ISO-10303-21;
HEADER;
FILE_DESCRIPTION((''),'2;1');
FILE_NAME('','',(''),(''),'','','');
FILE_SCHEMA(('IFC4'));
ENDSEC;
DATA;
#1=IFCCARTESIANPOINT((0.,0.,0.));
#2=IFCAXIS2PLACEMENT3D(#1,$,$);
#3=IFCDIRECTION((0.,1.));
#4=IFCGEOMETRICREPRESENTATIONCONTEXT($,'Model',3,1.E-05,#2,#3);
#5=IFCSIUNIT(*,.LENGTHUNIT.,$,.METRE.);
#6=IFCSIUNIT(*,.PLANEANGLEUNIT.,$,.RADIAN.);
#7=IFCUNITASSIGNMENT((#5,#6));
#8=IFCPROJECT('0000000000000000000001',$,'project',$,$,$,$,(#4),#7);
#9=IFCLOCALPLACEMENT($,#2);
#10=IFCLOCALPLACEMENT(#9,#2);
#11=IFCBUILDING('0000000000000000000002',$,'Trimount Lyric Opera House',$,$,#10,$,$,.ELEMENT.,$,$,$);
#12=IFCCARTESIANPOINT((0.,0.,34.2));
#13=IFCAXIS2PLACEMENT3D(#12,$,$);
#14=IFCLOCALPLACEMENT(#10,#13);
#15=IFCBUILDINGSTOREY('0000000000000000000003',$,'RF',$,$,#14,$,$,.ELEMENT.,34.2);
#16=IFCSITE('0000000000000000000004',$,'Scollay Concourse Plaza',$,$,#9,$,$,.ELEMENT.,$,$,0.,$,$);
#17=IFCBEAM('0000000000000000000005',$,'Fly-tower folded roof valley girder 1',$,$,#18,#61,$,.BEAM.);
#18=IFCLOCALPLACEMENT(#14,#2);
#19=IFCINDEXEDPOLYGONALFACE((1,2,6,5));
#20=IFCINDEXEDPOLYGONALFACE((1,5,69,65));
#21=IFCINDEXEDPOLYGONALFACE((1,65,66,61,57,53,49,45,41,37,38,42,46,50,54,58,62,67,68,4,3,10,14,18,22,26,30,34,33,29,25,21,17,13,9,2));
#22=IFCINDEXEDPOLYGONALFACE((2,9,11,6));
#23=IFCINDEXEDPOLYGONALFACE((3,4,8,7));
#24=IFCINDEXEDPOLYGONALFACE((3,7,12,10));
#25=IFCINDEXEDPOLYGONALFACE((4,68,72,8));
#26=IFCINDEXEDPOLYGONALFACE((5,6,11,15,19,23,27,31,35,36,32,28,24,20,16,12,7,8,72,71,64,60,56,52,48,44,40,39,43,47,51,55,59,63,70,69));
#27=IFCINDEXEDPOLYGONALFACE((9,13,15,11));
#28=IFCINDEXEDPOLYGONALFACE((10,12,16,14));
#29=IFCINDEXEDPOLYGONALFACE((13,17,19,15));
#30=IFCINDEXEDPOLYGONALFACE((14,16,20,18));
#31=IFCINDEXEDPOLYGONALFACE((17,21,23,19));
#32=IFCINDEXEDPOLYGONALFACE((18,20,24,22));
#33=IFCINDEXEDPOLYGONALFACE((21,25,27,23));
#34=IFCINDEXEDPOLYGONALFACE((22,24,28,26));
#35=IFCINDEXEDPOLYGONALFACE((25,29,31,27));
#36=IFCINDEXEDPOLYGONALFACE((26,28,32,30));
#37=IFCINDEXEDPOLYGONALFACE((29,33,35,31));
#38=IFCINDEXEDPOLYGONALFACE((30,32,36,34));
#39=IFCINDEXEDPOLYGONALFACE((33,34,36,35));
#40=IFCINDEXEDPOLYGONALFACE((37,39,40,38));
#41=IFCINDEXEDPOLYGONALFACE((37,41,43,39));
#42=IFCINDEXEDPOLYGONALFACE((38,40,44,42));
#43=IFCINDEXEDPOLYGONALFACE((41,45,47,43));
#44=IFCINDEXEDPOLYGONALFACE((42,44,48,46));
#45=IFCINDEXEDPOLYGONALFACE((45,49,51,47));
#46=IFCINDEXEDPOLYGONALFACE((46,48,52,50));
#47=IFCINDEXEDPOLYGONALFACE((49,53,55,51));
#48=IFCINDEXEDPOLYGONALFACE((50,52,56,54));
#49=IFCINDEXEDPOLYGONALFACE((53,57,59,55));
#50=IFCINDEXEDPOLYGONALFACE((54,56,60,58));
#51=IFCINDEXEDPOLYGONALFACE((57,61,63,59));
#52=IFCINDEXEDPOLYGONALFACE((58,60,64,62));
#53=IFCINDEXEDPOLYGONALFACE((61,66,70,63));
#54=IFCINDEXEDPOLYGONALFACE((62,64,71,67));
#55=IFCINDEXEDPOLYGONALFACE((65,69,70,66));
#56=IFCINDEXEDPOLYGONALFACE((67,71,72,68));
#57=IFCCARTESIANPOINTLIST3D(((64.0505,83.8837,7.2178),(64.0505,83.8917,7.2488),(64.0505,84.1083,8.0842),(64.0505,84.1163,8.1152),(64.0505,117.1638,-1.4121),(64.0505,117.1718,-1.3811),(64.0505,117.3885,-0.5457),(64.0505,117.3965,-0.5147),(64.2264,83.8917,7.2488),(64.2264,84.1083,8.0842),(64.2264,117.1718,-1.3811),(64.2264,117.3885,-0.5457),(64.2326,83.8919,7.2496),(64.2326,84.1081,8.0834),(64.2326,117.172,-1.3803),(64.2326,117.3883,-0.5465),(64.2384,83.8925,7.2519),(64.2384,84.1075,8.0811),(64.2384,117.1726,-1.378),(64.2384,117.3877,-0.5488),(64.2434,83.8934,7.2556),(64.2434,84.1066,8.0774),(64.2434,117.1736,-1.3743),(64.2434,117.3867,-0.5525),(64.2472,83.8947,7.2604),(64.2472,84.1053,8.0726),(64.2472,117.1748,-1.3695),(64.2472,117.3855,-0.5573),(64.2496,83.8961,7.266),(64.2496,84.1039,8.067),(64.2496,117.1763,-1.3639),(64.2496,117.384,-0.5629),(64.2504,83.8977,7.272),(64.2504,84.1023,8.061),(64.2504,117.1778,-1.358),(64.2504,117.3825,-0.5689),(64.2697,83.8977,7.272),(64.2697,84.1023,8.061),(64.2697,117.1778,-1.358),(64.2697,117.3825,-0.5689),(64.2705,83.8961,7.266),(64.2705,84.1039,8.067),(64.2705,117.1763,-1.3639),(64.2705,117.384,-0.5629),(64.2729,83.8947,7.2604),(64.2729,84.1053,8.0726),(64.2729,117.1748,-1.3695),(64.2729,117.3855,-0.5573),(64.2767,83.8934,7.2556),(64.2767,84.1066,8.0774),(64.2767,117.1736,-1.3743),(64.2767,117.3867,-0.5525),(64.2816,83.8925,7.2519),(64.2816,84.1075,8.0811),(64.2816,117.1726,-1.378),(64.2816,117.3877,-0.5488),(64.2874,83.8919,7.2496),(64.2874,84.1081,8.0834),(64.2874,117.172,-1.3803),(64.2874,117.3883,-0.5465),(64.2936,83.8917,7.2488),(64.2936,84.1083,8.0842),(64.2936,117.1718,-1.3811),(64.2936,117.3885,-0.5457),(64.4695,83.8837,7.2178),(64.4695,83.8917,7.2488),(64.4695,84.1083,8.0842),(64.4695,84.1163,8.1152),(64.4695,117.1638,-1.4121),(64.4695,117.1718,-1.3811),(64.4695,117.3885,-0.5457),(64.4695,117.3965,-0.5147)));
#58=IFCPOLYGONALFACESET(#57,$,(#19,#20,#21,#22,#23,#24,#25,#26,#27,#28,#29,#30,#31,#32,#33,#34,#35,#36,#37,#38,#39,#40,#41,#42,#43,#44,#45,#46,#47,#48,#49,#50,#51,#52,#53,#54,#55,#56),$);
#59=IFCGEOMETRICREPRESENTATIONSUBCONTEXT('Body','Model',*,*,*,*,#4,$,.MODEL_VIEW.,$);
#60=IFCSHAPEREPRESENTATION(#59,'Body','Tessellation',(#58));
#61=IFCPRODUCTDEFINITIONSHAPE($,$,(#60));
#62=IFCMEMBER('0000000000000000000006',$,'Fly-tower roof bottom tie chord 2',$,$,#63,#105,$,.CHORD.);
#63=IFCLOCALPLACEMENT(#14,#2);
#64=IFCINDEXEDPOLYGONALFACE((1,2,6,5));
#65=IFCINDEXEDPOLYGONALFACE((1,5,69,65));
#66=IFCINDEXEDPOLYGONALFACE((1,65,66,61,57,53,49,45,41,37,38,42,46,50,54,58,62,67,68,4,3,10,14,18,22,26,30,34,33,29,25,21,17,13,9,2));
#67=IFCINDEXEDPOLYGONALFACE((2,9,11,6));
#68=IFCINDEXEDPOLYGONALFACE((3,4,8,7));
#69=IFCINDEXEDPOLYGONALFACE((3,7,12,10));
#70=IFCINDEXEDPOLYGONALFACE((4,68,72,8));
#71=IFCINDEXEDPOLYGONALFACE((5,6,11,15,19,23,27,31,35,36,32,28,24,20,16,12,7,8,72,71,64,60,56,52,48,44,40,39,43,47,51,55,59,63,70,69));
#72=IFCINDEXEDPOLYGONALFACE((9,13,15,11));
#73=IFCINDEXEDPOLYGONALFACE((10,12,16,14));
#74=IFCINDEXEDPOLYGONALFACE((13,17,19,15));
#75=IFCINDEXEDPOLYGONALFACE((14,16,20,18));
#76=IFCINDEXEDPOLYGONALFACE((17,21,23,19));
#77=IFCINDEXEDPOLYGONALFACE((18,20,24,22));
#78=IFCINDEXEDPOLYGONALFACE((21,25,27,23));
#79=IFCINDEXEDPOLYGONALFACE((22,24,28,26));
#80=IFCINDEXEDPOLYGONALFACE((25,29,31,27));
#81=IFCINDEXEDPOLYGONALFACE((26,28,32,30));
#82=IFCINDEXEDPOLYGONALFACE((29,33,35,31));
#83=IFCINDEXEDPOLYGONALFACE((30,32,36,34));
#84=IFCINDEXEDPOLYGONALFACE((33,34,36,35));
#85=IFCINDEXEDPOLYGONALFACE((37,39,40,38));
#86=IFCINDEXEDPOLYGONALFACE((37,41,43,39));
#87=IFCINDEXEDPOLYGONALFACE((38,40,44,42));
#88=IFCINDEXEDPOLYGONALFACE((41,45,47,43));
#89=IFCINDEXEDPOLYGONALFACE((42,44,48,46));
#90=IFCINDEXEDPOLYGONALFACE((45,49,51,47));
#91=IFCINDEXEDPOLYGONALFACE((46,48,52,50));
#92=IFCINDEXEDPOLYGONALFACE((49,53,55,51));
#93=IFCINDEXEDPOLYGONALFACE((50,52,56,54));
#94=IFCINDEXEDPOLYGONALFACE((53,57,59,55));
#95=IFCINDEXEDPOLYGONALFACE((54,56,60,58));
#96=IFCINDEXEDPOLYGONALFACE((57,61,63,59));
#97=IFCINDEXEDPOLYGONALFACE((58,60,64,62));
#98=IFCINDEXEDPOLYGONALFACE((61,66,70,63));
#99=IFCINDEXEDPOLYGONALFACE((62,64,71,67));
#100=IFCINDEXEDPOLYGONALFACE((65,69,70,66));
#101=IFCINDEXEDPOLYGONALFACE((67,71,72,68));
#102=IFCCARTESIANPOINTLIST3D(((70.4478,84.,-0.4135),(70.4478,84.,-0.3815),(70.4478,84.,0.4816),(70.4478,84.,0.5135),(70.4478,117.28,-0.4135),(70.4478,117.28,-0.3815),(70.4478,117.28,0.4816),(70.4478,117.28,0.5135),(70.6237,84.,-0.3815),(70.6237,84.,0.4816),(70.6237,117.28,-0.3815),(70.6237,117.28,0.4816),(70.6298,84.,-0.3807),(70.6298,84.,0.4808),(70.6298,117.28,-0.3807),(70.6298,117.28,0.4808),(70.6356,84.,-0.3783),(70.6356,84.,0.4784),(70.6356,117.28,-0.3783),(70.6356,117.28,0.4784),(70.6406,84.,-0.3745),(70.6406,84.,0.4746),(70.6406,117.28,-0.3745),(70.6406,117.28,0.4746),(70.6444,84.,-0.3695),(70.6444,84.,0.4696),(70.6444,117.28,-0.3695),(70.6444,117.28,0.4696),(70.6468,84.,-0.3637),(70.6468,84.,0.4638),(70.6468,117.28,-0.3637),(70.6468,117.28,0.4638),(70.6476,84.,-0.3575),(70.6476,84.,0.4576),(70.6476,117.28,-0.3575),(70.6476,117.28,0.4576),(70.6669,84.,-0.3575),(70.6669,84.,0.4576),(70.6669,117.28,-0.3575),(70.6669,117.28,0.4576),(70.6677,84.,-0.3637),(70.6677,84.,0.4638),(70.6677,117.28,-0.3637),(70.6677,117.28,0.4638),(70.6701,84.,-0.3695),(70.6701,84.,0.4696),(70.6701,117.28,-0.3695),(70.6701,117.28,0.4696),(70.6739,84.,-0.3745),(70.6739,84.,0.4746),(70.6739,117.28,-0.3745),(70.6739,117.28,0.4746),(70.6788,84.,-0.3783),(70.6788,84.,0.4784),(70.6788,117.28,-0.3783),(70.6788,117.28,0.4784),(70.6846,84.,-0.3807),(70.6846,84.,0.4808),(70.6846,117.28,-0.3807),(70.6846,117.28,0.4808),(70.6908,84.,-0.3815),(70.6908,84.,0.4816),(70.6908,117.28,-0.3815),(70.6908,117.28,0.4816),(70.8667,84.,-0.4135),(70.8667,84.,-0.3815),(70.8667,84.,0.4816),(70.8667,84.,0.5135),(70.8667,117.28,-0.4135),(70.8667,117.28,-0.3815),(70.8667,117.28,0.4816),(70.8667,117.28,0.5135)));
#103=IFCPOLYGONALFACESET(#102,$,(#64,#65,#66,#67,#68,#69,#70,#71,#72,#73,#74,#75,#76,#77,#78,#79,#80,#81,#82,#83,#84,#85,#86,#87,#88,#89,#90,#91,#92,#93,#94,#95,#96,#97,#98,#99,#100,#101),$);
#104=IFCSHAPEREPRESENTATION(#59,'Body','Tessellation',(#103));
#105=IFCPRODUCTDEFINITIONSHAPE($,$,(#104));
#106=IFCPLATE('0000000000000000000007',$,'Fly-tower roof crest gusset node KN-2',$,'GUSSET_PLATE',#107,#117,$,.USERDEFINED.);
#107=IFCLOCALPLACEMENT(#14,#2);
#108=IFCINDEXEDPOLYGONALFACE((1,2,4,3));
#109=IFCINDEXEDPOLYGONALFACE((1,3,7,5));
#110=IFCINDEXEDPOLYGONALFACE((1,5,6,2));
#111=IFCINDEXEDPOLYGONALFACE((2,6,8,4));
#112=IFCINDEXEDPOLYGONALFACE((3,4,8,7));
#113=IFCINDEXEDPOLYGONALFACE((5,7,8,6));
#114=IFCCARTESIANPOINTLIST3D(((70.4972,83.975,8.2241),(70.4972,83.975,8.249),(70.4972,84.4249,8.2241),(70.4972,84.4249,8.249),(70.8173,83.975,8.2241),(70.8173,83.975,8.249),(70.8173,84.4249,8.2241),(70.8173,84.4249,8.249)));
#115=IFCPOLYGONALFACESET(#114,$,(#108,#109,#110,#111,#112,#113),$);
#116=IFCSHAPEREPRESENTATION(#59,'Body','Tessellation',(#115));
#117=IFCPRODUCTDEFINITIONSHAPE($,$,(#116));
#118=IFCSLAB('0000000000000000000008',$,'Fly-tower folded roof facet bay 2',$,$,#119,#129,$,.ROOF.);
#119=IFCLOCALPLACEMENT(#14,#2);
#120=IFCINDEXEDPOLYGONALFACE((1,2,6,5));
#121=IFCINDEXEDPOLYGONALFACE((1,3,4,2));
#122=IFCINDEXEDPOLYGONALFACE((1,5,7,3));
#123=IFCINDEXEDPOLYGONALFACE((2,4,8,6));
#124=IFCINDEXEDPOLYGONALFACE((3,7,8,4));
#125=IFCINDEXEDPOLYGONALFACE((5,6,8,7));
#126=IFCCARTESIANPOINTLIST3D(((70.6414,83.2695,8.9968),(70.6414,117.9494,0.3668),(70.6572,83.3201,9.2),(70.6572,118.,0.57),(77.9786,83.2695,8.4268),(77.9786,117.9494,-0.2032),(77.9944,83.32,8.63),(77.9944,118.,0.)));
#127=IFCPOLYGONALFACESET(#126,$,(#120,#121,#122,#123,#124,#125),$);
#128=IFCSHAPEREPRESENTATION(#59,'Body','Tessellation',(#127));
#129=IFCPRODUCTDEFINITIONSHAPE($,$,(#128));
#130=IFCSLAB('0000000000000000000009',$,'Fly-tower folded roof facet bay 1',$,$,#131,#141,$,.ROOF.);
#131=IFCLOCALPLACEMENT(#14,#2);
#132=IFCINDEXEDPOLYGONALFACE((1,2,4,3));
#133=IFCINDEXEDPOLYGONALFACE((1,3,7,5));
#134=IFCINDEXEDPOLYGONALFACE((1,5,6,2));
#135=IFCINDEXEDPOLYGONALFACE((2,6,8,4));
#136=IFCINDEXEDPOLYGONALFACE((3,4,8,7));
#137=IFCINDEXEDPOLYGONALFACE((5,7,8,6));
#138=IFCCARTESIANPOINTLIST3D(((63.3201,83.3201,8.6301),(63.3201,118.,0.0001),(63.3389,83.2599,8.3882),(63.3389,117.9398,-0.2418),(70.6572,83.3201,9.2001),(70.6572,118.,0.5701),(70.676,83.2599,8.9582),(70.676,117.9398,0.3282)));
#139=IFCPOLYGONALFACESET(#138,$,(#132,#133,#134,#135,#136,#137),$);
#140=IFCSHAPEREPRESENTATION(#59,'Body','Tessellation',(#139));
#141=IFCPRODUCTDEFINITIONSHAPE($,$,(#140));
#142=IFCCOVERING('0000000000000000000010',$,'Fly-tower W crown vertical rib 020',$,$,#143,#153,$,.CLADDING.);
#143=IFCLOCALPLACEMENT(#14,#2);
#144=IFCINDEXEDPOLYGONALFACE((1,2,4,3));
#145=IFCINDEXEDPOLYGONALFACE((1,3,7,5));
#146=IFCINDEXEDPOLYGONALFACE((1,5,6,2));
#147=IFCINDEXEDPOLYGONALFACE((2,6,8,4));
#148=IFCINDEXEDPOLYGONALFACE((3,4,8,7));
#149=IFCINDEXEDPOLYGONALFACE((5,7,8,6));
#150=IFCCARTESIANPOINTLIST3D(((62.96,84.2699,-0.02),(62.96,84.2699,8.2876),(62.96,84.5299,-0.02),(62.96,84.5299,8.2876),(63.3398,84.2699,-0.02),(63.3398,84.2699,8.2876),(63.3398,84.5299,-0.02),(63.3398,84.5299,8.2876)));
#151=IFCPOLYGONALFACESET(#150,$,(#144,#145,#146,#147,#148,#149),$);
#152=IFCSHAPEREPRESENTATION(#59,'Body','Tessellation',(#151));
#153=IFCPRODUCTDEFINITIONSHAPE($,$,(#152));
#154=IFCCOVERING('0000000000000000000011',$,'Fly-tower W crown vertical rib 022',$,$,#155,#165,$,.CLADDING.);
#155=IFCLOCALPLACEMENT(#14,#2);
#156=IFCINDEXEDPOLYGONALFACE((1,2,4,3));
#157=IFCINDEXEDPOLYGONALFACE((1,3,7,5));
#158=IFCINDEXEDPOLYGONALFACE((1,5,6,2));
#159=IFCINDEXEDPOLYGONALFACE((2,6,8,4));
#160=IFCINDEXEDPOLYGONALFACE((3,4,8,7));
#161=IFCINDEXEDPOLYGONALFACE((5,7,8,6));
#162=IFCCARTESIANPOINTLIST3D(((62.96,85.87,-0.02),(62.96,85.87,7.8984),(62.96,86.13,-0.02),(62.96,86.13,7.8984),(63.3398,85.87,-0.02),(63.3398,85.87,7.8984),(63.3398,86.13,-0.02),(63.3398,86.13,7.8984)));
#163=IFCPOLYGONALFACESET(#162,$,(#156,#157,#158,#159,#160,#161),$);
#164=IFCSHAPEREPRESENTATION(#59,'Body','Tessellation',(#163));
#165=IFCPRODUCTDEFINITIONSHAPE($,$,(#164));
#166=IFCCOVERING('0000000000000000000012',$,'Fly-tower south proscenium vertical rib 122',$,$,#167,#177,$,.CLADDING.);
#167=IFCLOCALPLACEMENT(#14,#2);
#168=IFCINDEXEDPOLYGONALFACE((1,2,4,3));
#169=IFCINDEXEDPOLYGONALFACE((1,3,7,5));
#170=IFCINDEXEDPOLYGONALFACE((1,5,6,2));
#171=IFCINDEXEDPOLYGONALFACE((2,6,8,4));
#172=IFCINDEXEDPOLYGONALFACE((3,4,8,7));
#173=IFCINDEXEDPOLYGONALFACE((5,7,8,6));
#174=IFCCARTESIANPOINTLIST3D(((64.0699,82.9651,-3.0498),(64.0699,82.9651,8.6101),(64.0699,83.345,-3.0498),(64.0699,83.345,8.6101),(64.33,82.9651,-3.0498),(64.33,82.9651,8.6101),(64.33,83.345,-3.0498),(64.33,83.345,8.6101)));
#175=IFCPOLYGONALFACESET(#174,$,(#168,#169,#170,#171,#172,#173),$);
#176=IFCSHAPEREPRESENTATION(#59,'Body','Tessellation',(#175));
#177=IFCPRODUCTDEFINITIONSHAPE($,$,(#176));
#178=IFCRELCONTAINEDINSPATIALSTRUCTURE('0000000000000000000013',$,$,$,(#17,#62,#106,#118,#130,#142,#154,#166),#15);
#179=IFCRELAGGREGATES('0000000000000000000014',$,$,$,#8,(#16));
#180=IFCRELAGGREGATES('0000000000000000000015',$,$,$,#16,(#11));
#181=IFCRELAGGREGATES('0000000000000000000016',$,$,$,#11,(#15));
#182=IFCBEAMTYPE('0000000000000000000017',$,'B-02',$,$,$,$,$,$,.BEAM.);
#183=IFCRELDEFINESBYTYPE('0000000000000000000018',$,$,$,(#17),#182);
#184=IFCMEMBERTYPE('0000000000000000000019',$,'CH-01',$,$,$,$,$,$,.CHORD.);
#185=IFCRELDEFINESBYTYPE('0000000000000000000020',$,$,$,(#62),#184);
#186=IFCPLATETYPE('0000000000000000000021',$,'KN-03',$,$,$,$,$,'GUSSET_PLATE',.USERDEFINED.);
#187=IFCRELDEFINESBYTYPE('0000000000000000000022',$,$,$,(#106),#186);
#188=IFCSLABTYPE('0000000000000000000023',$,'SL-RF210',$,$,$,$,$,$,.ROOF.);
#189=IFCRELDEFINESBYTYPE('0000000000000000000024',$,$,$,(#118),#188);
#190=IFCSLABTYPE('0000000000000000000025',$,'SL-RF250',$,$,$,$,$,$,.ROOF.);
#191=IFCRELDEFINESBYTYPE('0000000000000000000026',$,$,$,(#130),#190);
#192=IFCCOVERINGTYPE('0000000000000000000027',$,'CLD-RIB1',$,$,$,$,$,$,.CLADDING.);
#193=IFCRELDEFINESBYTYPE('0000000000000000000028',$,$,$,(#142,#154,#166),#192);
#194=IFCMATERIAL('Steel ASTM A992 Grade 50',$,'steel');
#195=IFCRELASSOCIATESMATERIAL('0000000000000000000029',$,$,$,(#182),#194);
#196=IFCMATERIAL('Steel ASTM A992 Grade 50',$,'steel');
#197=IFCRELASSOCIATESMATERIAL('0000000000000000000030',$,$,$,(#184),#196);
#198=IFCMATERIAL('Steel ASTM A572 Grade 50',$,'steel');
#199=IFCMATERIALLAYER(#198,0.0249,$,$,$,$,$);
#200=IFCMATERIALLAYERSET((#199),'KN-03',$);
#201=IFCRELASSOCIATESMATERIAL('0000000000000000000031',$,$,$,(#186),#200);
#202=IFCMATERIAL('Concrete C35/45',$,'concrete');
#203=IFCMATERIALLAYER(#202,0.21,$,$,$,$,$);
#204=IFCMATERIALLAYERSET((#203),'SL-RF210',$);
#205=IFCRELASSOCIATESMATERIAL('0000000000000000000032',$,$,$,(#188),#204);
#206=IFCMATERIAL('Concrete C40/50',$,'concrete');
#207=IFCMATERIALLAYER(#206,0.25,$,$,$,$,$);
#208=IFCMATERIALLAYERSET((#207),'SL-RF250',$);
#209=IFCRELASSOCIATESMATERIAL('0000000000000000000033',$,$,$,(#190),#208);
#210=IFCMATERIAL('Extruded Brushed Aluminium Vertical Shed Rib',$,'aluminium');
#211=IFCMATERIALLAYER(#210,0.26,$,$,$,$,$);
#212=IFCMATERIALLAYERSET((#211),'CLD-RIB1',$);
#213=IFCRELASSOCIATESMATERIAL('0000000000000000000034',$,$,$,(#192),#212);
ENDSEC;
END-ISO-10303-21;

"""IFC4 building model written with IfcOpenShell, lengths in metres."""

from ifc_helpers import new_model, si_unit, direction, frame, origin, origin_2d, place, context, subcontext, project, spatial, polyline, rectangle, i_section, outline, extrude, material, layer, layer_set, material_profile, profile_set, type_object, element, save


model = new_model("IFC4")

# Units and contexts
model_context = context("Model", 3, precision=1e-05, world=origin(), true_north=direction((0.0, 1.0)))
body_context = subcontext(model_context, "Body", "Model", "MODEL_VIEW")
ifc_project = project(units=[si_unit("LENGTHUNIT", "METRE"), si_unit("PLANEANGLEUNIT", "RADIAN")], contexts=[model_context])

# Site, building, storey
site_placement = place(None, origin())
site = spatial("IfcSite", under=ifc_project, at=site_placement, Name="Scollay Concourse Plaza", CompositionType="ELEMENT", RefElevation=0.0)
building_placement = place(site_placement, origin())
building = spatial("IfcBuilding", under=site, at=building_placement, Name="Trimount Lyric Opera House", CompositionType="ELEMENT")
storey_placement = place(building_placement, frame((0.0, 0.0, 34.2)))
storey = spatial("IfcBuildingStorey", under=building, at=storey_placement, Name="RF", CompositionType="ELEMENT", Elevation=34.2)

# Beam
ifc_material_1 = material(Name="Steel ASTM A992 Grade 50", Category="steel")
ifc_material_profile_1 = material_profile(ifc_material_1, i_section(OverallWidth=0.4189, OverallDepth=0.927, WebThickness=0.0193, FlangeThickness=0.032, FilletRadius=0.0239, at=origin_2d()), Name="W36X231")
ifc_profile_set_1 = profile_set([ifc_material_profile_1], Name="Steel ASTM A992 Grade 50")
beam_type_1 = type_object("IfcBeamType", Name="B-02", PredefinedType="BEAM", material=ifc_profile_set_1)
beam_1_placement = place(storey_placement, frame((64.26, 84.0, 7.6665), z_axis=(0.0, 0.967985, -0.251009), x_axis=(-1.0, 0.0, 0.0)))
element("IfcBeam", 1, at=beam_1_placement, inside=storey, type_object=beam_type_1, Name="Fly-tower folded roof valley girder 1", PredefinedType="BEAM", context=body_context, shape_type="SweptSolid", body=[
    extrude(i_section(OverallWidth=0.4189, OverallDepth=0.927, WebThickness=0.0193, FlangeThickness=0.032, FilletRadius=0.0239, at=origin_2d()), origin(), (0.0, 0.0, 1.0), 34.3809),
])

# Member
ifc_material_2 = material(Name="Steel ASTM A992 Grade 50", Category="steel")
ifc_material_profile_2 = material_profile(ifc_material_2, i_section(OverallWidth=0.4189, OverallDepth=0.927, WebThickness=0.0193, FlangeThickness=0.032, FilletRadius=0.0239, at=origin_2d()), Name="W36X231")
ifc_profile_set_2 = profile_set([ifc_material_profile_2], Name="Steel ASTM A992 Grade 50")
member_type = type_object("IfcMemberType", Name="CH-01", PredefinedType="CHORD", material=ifc_profile_set_2)
member_placement = place(storey_placement, frame((70.6572, 84.0, 0.05), z_axis=(0.0, 1.0, 0.0), x_axis=(-1.0, 0.0, 0.0)))
element("IfcMember", 2, at=member_placement, inside=storey, type_object=member_type, Name="Fly-tower roof bottom tie chord 2", PredefinedType="CHORD", context=body_context, shape_type="SweptSolid", body=[
    extrude(i_section(OverallWidth=0.4189, OverallDepth=0.927, WebThickness=0.0193, FlangeThickness=0.032, FilletRadius=0.0239, at=origin_2d()), origin(), (0.0, 0.0, 1.0), 33.28),
])

# Plate
ifc_material_3 = material(Name="Steel ASTM A572 Grade 50", Category="steel")
ifc_layer_1 = layer(ifc_material_3, 0.0249)
ifc_layer_set_1 = layer_set([ifc_layer_1], Name="KN-03")
plate_type = type_object("IfcPlateType", Name="KN-03", ElementType="GUSSET_PLATE", PredefinedType="USERDEFINED", material=ifc_layer_set_1)
plate_placement = place(storey_placement, frame((70.6572, 84.2, 8.2241), z_axis=(0.0, 0.0, 1.0), x_axis=(0.0, 1.0, 0.0)))
element("IfcPlate", 3, at=plate_placement, inside=storey, type_object=plate_type, Name="Fly-tower roof crest gusset node KN-2", ObjectType="GUSSET_PLATE", PredefinedType="USERDEFINED", context=body_context, shape_type="SweptSolid", body=[
    extrude(rectangle(XDim=0.45, YDim=0.3201, at=origin_2d()), origin(), (0.0, 0.0, 1.0), 0.0249),
])

# Slabs
ifc_material_4 = material(Name="Concrete C35/45", Category="concrete")
ifc_layer_2 = layer(ifc_material_4, 0.21)
ifc_layer_set_2 = layer_set([ifc_layer_2], Name="SL-RF210")
slab_type_1 = type_object("IfcSlabType", Name="SL-RF210", PredefinedType="ROOF", material=ifc_layer_set_2)
slab_1_placement = place(storey_placement, frame((70.6572, 83.3201, 9.2), z_axis=(0.075167, 0.240799, 0.96766), x_axis=(0.996997, -0.000004, -0.077445)))
element("IfcSlab", 4, at=slab_1_placement, inside=storey, type_object=slab_type_1, Name="Fly-tower folded roof facet bay 2", PredefinedType="ROOF", context=body_context, shape_type="SweptSolid", body=[
    extrude(outline(polyline([(0.0, 0.0), (7.3593, 0.0), (8.0275, 35.7314), (0.6682, 35.7313), (0.0, 0.0)])), origin(), (0.0, 0.0, -1.0), 0.21),
])
ifc_material_5 = material(Name="Concrete C40/50", Category="concrete")
ifc_layer_3 = layer(ifc_material_5, 0.25)
ifc_layer_set_3 = layer_set([ifc_layer_3], Name="SL-RF250")
slab_type_2 = type_object("IfcSlabType", Name="SL-RF250", PredefinedType="ROOF", material=ifc_layer_set_3)
slab_2_placement = place(storey_placement, frame((63.3201, 83.3201, 8.6301), z_axis=(-0.075167, 0.240799, 0.96766), x_axis=(0.996997, 0.000004, 0.077445)))
element("IfcSlab", 5, at=slab_2_placement, inside=storey, type_object=slab_type_2, Name="Fly-tower folded roof facet bay 1", PredefinedType="ROOF", context=body_context, shape_type="SweptSolid", body=[
    extrude(outline(polyline([(0.0, 0.0), (7.3593, 0.0), (6.691, 35.7313), (-0.6682, 35.7314), (0.0, 0.0)])), origin(), (0.0, 0.0, -1.0), 0.25),
])

# Coverings
ifc_material_6 = material(Name="Extruded Brushed Aluminium Vertical Shed Rib", Category="aluminium")
ifc_layer_4 = layer(ifc_material_6, 0.26)
ifc_layer_set_4 = layer_set([ifc_layer_4], Name="CLD-RIB1")
covering_type_1 = type_object("IfcCoveringType", Name="CLD-RIB1", PredefinedType="CLADDING", material=ifc_layer_set_4)
covering_1_placement = place(storey_placement, frame((63.1499, 84.3999, -0.02), z_axis=(0.0, 0.0, 1.0), x_axis=(1.0, 0.0, 0.0)))
element("IfcCovering", 6, at=covering_1_placement, inside=storey, type_object=covering_type_1, Name="Fly-tower W crown vertical rib 020", PredefinedType="CLADDING", context=body_context, shape_type="SweptSolid", body=[
    extrude(rectangle(XDim=0.3799, YDim=0.26, at=origin_2d()), origin(), (0.0, 0.0, 1.0), 8.3076),
])
covering_2_placement = place(storey_placement, frame((63.1499, 86.0, -0.02), z_axis=(0.0, 0.0, 1.0), x_axis=(1.0, 0.0, 0.0)))
element("IfcCovering", 7, at=covering_2_placement, inside=storey, type_object=covering_type_1, Name="Fly-tower W crown vertical rib 022", PredefinedType="CLADDING", context=body_context, shape_type="SweptSolid", body=[
    extrude(rectangle(XDim=0.3799, YDim=0.26, at=origin_2d()), origin(), (0.0, 0.0, 1.0), 7.9185),
])
for number, where, z_axis, x_axis, name in (
    (8, (64.2, 83.155, -3.0498), (0.0, 0.0, 1.0), (1.0, 0.0, 0.0), "Fly-tower south proscenium vertical rib 122"),
):
    element("IfcCovering", number, at=place(storey_placement, frame(where, z_axis=z_axis, x_axis=x_axis)), inside=storey, type_object=covering_type_1, Name=name, PredefinedType="CLADDING", context=body_context, shape_type="SweptSolid", body=[
        extrude(rectangle(XDim=0.26, YDim=0.3799, at=origin_2d()), origin(), (0.0, 0.0, 1.0), 11.6599),
    ])

save(model, "model.ifc")
